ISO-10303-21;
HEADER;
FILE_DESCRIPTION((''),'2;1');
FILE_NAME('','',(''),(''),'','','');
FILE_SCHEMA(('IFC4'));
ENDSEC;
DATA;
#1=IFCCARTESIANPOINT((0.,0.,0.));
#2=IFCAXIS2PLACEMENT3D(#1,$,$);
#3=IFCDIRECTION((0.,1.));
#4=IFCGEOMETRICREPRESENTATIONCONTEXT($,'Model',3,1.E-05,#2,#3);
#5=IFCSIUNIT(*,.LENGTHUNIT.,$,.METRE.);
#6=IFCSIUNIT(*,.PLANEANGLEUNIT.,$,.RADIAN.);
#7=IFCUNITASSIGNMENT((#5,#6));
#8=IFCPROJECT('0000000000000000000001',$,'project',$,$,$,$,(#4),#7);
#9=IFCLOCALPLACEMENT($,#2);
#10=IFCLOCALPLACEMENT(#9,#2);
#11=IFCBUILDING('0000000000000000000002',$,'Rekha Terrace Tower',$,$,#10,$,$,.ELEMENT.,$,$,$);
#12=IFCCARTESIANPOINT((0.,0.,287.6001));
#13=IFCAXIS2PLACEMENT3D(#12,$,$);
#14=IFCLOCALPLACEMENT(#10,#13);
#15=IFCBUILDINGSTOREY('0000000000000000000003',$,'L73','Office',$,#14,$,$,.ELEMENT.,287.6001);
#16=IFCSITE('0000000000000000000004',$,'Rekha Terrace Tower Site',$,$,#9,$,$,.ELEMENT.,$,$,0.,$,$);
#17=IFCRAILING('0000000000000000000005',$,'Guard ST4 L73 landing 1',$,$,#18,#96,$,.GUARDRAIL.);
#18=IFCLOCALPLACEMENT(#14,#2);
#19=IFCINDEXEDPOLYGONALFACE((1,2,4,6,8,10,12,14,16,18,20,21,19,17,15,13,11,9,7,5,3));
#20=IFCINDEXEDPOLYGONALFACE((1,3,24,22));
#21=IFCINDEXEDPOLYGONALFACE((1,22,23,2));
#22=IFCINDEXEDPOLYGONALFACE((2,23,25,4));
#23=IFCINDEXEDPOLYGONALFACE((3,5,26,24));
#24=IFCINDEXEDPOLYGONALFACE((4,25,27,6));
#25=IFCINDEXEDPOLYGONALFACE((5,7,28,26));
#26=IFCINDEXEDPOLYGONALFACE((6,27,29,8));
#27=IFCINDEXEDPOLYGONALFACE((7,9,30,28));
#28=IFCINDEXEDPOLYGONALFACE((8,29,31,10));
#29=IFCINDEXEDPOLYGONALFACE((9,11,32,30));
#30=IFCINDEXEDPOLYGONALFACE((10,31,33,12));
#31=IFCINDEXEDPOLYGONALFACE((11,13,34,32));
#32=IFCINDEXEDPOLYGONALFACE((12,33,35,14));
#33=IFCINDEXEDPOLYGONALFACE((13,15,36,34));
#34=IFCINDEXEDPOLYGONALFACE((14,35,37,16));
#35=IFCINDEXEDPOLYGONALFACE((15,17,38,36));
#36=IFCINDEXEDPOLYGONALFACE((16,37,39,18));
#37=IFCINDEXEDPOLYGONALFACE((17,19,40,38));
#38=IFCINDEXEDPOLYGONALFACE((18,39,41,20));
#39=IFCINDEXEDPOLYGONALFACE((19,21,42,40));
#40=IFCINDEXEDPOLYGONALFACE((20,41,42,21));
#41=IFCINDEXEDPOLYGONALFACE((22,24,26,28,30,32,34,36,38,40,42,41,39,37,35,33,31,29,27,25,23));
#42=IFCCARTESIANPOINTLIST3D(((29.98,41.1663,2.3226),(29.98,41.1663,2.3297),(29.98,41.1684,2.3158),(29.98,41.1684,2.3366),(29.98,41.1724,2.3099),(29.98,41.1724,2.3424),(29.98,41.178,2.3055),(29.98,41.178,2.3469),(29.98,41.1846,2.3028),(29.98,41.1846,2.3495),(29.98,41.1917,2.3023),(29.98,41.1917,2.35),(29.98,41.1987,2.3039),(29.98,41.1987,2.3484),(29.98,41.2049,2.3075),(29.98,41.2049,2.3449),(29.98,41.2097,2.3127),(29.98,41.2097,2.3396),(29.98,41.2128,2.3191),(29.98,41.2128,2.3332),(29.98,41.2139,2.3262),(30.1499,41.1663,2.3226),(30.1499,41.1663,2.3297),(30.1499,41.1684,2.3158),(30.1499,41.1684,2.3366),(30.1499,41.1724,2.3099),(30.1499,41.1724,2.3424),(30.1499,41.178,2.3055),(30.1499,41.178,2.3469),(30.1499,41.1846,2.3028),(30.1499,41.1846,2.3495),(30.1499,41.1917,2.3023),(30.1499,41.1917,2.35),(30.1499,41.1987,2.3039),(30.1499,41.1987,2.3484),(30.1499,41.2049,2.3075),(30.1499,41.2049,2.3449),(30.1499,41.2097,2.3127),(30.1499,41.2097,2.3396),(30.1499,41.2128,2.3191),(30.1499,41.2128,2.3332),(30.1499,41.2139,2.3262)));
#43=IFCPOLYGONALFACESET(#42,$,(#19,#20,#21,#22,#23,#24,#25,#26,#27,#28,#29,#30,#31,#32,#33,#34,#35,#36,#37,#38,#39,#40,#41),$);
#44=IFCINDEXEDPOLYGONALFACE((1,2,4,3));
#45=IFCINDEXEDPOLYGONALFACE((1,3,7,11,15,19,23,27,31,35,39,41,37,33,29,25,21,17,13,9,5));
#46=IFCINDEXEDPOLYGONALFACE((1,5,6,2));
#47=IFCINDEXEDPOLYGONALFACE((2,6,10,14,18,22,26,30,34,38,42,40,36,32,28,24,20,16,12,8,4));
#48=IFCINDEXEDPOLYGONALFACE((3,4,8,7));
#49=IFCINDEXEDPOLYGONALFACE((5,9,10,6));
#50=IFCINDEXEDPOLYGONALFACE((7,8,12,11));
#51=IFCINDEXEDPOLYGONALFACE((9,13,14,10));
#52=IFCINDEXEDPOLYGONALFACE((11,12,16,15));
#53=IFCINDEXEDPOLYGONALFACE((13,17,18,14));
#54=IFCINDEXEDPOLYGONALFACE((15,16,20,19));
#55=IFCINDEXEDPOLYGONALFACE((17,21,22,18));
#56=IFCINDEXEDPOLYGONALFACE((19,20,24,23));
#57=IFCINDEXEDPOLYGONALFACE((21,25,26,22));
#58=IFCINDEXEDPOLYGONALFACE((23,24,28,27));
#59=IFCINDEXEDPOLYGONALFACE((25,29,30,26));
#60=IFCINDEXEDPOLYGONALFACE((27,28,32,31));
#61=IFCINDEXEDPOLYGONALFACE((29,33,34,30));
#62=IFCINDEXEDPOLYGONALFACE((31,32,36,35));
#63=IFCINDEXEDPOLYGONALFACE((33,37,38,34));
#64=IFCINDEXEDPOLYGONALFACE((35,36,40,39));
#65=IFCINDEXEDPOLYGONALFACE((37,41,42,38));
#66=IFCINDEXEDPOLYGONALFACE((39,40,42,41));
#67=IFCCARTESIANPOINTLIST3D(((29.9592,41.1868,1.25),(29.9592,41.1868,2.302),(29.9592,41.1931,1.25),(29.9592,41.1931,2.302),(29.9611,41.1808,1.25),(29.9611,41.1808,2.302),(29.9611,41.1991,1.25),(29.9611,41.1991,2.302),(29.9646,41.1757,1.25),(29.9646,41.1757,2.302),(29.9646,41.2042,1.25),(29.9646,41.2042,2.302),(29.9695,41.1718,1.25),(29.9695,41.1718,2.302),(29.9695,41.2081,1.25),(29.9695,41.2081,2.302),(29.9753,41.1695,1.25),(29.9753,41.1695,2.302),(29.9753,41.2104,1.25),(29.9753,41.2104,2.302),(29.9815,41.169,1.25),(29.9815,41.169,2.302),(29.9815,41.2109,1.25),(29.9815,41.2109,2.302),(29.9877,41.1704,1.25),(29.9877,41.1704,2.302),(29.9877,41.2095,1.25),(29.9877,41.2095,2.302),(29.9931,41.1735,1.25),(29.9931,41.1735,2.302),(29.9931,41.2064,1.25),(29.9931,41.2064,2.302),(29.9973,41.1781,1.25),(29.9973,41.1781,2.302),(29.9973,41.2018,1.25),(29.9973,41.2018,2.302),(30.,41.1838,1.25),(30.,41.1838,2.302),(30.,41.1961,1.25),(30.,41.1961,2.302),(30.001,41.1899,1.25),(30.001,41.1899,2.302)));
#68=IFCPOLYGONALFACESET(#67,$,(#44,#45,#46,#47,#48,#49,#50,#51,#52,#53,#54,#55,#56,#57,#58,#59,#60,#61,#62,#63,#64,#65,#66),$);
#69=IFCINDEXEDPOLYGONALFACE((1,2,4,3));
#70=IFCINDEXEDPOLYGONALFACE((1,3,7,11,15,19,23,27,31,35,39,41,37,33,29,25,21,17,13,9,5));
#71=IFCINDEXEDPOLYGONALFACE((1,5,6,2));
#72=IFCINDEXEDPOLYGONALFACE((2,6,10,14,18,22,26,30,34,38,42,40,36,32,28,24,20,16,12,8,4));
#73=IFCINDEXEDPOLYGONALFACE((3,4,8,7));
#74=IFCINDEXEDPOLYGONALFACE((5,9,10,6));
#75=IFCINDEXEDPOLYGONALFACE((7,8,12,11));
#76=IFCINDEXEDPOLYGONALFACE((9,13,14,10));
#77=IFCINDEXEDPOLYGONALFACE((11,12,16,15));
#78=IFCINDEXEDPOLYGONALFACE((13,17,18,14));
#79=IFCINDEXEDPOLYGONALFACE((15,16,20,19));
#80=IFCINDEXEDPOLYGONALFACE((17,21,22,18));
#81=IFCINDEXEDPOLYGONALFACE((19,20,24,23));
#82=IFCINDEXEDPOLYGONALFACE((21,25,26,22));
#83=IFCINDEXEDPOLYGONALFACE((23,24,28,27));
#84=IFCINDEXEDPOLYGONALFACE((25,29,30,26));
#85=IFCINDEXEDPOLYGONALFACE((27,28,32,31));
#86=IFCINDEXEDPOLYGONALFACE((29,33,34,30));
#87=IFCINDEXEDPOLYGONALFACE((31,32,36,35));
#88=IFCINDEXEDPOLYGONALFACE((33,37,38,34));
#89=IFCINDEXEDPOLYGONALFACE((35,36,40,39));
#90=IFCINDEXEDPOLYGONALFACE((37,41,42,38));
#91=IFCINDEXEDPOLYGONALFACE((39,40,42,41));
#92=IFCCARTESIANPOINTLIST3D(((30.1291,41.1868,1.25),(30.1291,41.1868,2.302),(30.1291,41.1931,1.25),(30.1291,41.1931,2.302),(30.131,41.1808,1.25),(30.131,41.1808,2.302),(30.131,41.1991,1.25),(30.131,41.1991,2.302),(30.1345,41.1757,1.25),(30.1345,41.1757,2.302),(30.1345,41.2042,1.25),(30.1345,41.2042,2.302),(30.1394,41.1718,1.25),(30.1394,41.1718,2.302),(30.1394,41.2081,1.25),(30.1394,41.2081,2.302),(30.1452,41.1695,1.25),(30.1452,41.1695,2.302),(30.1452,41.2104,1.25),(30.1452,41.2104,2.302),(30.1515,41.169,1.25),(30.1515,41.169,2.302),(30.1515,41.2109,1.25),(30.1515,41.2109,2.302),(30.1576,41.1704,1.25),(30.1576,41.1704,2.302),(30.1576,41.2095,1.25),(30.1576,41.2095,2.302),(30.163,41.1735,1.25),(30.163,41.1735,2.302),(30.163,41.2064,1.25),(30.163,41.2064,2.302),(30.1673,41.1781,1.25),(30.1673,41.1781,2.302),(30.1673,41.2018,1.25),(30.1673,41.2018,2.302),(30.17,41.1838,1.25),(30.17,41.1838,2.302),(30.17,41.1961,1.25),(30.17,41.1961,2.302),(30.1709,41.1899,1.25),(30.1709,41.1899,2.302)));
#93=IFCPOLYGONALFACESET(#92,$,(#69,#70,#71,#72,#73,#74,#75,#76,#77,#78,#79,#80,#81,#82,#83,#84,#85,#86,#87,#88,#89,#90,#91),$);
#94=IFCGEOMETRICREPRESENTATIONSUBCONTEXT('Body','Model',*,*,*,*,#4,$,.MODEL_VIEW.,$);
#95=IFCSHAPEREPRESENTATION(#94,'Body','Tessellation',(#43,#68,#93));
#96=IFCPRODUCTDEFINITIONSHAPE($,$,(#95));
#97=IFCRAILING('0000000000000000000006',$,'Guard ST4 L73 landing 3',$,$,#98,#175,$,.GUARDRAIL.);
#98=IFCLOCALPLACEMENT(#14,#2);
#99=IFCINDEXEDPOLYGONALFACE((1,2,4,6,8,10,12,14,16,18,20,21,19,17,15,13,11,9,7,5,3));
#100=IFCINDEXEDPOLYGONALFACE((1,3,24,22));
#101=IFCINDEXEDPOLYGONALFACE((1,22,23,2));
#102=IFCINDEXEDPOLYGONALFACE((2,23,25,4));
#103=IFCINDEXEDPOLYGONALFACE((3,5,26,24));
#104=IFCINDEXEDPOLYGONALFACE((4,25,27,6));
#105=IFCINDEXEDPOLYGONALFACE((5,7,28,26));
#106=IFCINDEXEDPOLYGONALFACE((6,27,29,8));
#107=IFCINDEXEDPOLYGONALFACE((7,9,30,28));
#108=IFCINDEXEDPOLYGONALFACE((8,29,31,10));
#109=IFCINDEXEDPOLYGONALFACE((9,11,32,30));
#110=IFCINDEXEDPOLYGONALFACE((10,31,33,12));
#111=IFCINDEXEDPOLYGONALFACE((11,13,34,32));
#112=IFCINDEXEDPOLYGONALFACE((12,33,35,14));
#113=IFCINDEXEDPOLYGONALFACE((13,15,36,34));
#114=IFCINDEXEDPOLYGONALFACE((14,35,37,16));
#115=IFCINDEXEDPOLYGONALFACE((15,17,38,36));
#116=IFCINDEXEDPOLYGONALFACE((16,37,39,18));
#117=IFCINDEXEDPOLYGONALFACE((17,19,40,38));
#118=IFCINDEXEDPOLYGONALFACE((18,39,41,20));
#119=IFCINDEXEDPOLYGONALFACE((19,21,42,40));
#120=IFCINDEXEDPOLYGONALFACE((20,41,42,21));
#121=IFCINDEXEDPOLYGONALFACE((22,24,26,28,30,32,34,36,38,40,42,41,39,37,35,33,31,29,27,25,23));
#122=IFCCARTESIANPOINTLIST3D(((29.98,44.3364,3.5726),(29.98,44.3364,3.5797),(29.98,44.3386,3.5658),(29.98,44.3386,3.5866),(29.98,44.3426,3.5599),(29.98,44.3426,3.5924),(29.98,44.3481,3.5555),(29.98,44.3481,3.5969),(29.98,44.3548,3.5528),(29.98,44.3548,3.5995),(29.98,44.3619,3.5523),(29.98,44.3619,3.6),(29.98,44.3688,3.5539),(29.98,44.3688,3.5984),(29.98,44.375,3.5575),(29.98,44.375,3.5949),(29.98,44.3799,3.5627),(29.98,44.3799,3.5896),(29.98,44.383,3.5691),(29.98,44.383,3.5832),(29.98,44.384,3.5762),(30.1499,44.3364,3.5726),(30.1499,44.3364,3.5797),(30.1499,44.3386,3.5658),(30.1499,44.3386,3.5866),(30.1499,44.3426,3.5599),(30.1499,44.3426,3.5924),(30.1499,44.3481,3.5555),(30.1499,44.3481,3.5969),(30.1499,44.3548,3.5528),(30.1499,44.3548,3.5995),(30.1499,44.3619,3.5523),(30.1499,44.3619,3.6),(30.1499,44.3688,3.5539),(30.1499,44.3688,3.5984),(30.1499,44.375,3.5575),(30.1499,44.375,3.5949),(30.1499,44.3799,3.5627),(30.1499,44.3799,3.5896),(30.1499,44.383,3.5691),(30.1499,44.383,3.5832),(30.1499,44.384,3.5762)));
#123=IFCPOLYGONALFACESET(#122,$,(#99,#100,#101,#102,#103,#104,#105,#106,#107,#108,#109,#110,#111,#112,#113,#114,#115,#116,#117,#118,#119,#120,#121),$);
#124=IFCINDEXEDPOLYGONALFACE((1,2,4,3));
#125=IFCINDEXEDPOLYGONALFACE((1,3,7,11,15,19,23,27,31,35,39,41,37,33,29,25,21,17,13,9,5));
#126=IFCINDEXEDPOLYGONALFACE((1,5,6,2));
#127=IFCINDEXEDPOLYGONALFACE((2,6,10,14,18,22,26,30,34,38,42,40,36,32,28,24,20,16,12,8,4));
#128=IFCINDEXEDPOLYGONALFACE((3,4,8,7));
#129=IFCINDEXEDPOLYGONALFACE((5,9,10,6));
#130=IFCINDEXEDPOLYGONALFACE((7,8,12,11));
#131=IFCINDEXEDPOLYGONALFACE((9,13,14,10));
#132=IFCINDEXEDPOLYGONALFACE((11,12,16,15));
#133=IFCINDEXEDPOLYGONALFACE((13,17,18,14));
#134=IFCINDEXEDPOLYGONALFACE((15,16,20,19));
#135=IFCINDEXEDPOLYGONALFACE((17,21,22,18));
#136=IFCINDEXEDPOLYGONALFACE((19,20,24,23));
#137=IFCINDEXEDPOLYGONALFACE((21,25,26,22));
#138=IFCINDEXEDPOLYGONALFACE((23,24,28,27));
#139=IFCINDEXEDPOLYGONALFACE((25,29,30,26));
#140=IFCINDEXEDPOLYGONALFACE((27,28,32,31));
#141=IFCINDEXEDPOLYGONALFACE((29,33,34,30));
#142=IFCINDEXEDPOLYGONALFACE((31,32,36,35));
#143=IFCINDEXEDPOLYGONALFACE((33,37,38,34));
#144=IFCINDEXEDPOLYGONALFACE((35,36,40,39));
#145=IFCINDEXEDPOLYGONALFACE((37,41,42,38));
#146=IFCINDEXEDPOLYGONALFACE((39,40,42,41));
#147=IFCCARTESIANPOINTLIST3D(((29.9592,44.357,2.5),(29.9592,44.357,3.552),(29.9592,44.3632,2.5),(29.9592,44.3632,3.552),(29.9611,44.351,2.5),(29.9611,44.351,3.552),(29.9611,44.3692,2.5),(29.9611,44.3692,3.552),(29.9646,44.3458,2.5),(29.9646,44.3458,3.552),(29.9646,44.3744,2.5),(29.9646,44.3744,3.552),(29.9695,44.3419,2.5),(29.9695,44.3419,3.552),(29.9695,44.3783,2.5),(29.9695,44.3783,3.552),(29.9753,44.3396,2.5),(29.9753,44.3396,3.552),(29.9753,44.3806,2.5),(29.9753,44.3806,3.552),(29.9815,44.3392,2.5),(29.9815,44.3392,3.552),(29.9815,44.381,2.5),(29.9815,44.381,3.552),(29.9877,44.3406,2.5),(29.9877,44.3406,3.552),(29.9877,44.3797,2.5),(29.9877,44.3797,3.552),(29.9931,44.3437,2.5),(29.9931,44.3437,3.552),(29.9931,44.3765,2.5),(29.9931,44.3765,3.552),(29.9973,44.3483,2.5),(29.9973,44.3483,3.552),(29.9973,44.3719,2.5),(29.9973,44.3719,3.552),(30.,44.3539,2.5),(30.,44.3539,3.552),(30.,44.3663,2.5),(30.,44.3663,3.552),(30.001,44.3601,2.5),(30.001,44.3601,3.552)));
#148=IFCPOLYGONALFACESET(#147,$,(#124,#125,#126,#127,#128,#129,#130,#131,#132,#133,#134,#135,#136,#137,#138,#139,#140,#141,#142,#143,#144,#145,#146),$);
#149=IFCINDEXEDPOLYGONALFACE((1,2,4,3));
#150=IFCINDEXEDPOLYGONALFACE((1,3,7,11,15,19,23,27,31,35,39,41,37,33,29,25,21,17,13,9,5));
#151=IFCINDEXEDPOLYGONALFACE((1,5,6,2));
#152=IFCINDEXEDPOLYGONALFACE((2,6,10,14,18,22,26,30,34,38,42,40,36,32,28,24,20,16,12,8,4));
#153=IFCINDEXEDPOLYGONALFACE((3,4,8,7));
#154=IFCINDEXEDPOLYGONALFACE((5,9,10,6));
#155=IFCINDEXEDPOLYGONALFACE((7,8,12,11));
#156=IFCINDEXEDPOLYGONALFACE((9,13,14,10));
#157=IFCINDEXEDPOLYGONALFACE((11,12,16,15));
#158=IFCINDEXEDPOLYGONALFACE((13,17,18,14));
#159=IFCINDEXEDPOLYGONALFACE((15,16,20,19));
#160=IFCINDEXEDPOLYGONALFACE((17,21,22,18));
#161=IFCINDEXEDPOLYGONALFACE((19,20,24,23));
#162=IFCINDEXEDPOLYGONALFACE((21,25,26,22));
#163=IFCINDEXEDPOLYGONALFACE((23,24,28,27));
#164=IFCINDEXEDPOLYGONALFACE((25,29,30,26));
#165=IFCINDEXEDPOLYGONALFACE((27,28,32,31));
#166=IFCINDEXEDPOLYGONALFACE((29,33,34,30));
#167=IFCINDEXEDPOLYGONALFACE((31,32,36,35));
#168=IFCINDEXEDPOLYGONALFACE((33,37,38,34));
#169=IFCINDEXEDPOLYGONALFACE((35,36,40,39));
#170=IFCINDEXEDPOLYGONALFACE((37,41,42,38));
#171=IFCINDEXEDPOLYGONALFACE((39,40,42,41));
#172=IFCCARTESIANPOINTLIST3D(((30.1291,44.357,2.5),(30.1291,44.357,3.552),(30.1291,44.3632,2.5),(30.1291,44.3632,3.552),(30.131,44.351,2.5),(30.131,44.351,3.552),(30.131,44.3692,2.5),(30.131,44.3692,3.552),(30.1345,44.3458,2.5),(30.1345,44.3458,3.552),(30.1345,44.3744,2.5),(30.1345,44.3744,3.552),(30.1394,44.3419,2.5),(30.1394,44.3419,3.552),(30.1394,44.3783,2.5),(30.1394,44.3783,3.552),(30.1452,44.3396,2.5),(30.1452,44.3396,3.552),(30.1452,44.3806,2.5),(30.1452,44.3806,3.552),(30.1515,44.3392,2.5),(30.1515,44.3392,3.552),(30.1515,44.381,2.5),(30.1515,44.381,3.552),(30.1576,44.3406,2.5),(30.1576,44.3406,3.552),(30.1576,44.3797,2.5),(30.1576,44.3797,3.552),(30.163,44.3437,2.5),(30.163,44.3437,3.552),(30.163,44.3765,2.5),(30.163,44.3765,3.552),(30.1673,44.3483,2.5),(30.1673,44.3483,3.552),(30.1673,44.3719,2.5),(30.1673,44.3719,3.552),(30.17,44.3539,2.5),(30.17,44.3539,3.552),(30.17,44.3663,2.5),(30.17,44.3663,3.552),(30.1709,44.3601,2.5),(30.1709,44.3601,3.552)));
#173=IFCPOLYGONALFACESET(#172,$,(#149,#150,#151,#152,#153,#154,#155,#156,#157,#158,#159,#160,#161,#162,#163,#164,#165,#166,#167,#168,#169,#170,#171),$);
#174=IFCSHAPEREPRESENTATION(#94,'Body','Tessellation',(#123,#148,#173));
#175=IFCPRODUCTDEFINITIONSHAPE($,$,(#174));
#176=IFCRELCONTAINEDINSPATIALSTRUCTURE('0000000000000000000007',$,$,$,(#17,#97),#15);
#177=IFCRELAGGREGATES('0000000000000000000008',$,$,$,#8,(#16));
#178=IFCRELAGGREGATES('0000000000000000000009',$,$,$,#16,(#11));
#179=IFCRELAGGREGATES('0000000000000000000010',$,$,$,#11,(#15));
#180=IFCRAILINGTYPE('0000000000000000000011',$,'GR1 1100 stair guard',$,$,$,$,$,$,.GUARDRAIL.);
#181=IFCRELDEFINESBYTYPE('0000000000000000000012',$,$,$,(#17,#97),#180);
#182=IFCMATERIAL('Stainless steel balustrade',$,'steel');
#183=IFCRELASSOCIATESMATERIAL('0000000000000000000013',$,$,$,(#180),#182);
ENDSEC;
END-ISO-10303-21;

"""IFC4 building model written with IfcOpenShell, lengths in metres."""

from ifc_helpers import new_model, si_unit, direction, frame, origin, origin_2d, place, context, subcontext, project, spatial, circle, extrude, material, type_object, element, save


model = new_model("IFC4")

# Units and contexts
model_context = context("Model", 3, precision=1e-05, world=origin(), true_north=direction((0.0, 1.0)))
body_context = subcontext(model_context, "Body", "Model", "MODEL_VIEW")
ifc_project = project(units=[si_unit("LENGTHUNIT", "METRE"), si_unit("PLANEANGLEUNIT", "RADIAN")], contexts=[model_context])

# Site, building, storey
site_placement = place(None, origin())
site = spatial("IfcSite", under=ifc_project, at=site_placement, Name="Rekha Terrace Tower Site", CompositionType="ELEMENT", RefElevation=0.0)
building_placement = place(site_placement, origin())
building = spatial("IfcBuilding", under=site, at=building_placement, Name="Rekha Terrace Tower", CompositionType="ELEMENT")
storey_placement = place(building_placement, frame((0.0, 0.0, 287.6001)))
storey = spatial("IfcBuildingStorey", under=building, at=storey_placement, Name="L73", Description="Office", CompositionType="ELEMENT", Elevation=287.6001)

# Railings
ifc_material_1 = material(Name="Stainless steel balustrade", Category="steel")
railing_type_1 = type_object("IfcRailingType", Name="GR1 1100 stair guard", PredefinedType="GUARDRAIL", material=ifc_material_1)
for number, where, name in (
    (1, (29.98, 41.1899, 1.25), "Guard ST4 L73 landing 1"),
    (2, (29.98, 44.3601, 2.5), "Guard ST4 L73 landing 3"),
):
    element("IfcRailing", number, at=place(storey_placement, frame(where)), inside=storey, type_object=railing_type_1, Name=name, PredefinedType="GUARDRAIL", context=body_context, shape_type="SweptSolid", body=[
        extrude(circle(Radius=0.0239, at=origin_2d()), frame((0.0, 0.0, 1.0762), z_axis=(1.0, 0.0, 0.0), x_axis=(0.0, 1.0, 0.0)), (0.0, 0.0, 1.0), 0.1699),
        extrude(circle(Radius=0.021, at=origin_2d()), origin(), (0.0, 0.0, 1.0), 1.052),
        extrude(circle(Radius=0.021, at=origin_2d()), frame((0.1699, 0.0, 0.0)), (0.0, 0.0, 1.0), 1.052),
    ])

save(model, "model.ifc")
